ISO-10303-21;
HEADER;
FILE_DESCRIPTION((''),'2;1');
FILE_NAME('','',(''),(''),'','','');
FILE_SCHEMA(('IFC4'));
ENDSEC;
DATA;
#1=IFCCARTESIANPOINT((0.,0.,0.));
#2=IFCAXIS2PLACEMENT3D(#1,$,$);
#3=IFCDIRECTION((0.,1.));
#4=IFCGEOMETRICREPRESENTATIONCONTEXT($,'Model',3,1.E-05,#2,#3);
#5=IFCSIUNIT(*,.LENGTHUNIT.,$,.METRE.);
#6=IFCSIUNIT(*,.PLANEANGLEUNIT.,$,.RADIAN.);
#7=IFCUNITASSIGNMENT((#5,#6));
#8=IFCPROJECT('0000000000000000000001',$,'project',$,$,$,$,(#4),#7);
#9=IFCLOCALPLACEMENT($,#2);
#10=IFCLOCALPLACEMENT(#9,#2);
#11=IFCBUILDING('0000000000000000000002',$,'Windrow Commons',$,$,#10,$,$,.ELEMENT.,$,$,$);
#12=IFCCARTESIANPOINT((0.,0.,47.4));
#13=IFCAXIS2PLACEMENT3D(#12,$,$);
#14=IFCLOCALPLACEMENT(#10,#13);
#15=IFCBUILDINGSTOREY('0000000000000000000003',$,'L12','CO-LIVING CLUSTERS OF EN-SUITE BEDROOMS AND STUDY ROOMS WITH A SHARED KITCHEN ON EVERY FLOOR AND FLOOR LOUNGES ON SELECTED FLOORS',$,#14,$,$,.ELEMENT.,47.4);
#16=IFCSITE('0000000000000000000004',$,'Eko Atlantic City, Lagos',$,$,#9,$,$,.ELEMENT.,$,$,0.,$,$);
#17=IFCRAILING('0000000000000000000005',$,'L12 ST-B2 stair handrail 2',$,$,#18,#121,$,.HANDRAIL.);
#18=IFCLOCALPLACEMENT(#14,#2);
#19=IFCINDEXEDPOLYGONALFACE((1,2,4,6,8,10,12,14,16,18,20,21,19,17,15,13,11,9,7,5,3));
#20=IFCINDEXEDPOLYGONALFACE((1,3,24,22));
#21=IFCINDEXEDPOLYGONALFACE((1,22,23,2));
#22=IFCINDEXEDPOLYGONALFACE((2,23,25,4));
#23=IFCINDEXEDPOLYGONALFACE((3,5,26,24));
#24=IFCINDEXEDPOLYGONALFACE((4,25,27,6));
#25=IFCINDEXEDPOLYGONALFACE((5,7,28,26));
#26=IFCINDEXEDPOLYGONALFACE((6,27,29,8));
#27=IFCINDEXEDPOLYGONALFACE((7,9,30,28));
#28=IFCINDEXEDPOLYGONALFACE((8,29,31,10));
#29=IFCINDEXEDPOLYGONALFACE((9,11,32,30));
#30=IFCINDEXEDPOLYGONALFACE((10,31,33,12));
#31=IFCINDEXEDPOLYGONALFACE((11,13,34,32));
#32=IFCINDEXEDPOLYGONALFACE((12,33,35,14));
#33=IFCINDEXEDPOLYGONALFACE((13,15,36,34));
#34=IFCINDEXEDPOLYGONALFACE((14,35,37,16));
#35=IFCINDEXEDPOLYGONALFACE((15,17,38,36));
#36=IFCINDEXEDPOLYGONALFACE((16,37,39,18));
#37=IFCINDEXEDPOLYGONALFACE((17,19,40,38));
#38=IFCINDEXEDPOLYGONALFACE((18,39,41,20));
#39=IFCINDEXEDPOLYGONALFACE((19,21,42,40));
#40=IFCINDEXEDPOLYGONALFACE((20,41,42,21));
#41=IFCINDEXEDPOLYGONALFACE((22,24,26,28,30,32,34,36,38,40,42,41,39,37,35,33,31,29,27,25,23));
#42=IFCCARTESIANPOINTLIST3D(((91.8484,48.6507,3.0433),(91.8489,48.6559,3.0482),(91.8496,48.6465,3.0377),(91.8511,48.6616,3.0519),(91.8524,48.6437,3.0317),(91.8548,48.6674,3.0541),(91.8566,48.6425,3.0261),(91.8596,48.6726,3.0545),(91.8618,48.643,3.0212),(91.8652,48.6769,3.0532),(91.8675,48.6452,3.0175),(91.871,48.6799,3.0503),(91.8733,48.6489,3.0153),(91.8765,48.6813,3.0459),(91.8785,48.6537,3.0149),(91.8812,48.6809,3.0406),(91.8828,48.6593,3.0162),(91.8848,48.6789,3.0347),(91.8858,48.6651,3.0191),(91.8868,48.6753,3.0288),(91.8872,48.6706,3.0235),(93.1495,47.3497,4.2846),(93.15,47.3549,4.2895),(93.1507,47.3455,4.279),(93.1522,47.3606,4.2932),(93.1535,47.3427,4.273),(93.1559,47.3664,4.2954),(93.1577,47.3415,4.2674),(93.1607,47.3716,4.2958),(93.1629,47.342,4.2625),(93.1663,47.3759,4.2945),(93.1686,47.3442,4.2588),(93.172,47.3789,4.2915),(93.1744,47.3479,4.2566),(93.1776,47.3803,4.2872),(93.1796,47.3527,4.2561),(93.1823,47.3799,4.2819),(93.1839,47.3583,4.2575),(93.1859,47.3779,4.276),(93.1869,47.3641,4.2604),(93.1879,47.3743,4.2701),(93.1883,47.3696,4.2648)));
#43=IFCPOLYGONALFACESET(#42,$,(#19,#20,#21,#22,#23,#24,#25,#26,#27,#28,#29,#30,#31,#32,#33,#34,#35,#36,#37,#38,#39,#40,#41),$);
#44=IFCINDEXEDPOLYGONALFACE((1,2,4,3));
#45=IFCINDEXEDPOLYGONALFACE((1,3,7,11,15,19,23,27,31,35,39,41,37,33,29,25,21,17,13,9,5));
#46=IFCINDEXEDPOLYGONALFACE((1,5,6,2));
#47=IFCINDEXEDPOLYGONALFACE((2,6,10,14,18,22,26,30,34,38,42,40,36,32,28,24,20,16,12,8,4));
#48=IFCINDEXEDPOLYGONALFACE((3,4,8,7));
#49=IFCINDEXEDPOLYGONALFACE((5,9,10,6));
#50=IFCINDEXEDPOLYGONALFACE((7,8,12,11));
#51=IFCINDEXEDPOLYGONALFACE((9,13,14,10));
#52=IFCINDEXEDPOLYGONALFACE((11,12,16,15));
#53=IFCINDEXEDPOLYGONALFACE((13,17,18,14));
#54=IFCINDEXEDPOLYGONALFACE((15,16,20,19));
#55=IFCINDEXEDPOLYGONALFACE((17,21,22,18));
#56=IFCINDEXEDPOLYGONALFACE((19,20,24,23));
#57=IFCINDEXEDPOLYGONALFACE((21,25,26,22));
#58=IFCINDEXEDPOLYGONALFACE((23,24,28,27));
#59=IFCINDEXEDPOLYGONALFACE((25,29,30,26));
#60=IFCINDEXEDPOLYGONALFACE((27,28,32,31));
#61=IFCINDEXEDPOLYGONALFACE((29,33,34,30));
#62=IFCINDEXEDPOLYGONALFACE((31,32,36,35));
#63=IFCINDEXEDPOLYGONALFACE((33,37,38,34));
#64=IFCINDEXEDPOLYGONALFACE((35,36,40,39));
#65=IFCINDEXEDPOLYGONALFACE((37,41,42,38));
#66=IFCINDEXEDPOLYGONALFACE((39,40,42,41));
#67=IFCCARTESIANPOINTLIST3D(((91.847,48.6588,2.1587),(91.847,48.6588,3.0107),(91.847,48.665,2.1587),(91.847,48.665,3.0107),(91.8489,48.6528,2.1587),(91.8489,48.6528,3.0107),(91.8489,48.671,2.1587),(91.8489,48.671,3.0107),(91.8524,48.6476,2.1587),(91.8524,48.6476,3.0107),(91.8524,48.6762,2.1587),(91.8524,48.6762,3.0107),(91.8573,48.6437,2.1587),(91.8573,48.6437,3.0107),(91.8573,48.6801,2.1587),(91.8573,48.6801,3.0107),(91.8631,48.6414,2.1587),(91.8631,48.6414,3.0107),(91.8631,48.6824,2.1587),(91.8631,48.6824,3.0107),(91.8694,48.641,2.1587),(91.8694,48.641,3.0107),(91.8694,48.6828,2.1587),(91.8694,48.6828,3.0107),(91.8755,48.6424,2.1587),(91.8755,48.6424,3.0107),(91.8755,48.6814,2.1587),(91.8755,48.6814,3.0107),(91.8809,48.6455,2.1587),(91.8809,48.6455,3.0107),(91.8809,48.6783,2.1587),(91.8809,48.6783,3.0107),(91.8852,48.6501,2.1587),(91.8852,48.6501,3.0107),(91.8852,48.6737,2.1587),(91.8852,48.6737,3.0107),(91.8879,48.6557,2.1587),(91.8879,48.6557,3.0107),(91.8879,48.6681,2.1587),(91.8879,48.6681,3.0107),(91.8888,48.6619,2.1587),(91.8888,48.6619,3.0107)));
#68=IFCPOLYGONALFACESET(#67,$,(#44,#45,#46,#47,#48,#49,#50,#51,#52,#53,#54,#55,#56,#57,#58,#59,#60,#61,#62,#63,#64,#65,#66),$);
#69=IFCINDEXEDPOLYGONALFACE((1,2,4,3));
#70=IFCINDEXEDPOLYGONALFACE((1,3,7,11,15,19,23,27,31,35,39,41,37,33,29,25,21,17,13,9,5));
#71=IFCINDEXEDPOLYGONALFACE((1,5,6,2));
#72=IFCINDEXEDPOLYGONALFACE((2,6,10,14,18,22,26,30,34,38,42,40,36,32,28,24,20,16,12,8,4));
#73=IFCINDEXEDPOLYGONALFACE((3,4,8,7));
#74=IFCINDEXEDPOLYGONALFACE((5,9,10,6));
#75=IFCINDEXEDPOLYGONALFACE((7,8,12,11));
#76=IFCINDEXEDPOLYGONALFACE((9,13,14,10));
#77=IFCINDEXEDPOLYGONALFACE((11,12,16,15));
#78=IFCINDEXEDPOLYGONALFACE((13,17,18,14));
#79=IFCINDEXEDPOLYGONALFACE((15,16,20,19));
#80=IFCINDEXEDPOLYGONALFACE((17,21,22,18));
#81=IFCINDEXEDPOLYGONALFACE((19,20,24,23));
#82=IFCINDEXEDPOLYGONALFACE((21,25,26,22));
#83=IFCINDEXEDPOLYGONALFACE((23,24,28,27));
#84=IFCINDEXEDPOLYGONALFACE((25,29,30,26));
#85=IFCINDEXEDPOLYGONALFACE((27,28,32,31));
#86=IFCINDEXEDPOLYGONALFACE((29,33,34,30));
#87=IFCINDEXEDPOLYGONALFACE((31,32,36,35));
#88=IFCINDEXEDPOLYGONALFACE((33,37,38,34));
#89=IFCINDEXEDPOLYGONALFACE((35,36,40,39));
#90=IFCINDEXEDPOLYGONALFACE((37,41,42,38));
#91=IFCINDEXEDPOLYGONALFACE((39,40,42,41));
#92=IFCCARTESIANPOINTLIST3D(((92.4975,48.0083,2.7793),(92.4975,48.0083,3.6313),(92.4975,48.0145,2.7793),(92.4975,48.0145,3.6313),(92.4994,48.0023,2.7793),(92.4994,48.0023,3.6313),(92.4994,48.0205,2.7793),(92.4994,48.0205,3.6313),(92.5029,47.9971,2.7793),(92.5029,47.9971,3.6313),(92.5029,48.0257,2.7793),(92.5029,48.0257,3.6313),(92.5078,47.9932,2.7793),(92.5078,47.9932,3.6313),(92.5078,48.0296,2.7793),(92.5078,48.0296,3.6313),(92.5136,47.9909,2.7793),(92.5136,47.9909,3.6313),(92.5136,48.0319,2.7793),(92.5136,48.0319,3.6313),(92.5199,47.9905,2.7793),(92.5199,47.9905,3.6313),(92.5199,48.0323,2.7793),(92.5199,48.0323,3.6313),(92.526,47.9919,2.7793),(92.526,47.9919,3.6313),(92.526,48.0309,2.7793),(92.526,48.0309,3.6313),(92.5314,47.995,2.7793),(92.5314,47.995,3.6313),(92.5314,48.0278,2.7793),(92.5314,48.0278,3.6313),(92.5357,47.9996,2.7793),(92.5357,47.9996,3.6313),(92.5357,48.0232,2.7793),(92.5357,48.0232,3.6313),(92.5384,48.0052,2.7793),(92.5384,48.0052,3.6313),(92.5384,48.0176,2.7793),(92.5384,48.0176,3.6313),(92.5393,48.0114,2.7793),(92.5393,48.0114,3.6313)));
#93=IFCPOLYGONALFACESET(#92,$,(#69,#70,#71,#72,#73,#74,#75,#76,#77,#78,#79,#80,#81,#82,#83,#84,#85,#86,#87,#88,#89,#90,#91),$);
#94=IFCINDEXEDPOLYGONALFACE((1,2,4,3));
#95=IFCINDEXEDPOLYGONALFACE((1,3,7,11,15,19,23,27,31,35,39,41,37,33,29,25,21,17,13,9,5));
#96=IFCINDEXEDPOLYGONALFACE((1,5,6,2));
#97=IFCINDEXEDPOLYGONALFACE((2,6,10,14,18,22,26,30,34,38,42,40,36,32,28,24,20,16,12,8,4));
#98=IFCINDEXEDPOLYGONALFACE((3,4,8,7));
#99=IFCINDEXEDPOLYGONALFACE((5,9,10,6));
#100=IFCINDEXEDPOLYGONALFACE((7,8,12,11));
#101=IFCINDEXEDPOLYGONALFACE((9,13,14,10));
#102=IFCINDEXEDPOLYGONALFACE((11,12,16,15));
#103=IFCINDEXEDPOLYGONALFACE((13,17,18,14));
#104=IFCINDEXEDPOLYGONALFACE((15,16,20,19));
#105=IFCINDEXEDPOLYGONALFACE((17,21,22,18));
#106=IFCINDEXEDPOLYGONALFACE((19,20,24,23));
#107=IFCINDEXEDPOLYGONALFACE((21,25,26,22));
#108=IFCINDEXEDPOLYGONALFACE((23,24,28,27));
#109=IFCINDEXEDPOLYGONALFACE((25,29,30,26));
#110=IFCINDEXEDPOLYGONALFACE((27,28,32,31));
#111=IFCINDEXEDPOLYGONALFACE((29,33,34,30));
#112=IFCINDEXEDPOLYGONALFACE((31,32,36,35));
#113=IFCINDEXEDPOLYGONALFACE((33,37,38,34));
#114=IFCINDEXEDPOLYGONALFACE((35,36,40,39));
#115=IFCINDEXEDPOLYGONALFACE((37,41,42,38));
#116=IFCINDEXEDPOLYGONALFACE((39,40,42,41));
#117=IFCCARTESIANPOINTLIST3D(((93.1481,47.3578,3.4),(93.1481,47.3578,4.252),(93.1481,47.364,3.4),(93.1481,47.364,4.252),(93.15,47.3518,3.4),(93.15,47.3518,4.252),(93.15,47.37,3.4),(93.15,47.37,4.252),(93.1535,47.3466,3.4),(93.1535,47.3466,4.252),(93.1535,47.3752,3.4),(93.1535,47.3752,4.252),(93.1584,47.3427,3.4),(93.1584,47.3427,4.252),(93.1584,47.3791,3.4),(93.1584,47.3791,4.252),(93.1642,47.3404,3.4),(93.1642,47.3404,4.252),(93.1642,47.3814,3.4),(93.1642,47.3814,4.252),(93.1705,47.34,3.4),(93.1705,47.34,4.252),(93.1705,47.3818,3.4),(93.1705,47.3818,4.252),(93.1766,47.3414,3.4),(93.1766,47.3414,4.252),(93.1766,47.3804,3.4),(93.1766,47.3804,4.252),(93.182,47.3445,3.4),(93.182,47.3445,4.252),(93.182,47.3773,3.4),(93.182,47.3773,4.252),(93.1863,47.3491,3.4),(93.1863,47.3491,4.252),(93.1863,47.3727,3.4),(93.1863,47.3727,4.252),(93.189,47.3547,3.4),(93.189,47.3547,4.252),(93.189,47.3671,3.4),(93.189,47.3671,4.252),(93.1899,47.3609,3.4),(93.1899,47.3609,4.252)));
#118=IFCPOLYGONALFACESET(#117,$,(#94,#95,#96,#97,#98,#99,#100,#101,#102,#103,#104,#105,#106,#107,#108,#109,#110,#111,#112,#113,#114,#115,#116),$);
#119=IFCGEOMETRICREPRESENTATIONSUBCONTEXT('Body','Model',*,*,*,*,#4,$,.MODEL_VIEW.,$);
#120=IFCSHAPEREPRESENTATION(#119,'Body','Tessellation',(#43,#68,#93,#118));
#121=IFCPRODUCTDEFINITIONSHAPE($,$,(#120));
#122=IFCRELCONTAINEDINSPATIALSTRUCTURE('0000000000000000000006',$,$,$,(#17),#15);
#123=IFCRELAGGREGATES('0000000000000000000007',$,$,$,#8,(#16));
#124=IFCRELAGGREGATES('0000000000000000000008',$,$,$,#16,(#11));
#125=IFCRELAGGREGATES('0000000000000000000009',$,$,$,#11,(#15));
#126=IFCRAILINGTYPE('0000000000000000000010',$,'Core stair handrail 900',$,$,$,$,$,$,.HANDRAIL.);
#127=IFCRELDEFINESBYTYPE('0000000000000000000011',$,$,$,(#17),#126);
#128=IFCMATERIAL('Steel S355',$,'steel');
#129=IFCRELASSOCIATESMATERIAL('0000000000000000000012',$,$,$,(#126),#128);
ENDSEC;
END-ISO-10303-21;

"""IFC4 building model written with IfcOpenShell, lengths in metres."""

from ifc_helpers import new_model, si_unit, direction, frame, origin, origin_2d, place, context, subcontext, project, spatial, circle, extrude, material, type_object, element, save


model = new_model("IFC4")

# Units and contexts
model_context = context("Model", 3, precision=1e-05, world=origin(), true_north=direction((0.0, 1.0)))
body_context = subcontext(model_context, "Body", "Model", "MODEL_VIEW")
ifc_project = project(units=[si_unit("LENGTHUNIT", "METRE"), si_unit("PLANEANGLEUNIT", "RADIAN")], contexts=[model_context])

# Site, building, storey
site_placement = place(None, origin())
site = spatial("IfcSite", under=ifc_project, at=site_placement, Name="Eko Atlantic City, Lagos", CompositionType="ELEMENT", RefElevation=0.0)
building_placement = place(site_placement, origin())
building = spatial("IfcBuilding", under=site, at=building_placement, Name="Windrow Commons", CompositionType="ELEMENT")
storey_placement = place(building_placement, frame((0.0, 0.0, 47.4)))
storey = spatial("IfcBuildingStorey", under=building, at=storey_placement, Name="L12", Description="CO-LIVING CLUSTERS OF EN-SUITE BEDROOMS AND STUDY ROOMS WITH A SHARED KITCHEN ON EVERY FLOOR AND FLOOR LOUNGES ON SELECTED FLOORS", CompositionType="ELEMENT", Elevation=47.4)

# Railing
ifc_material_1 = material(Name="Steel S355", Category="steel")
railing_type_1 = type_object("IfcRailingType", Name="Core stair handrail 900", PredefinedType="HANDRAIL", material=ifc_material_1)
railing_1_placement = place(storey_placement, frame((91.8678, 48.6619, 2.1587)))
element("IfcRailing", 1, at=railing_1_placement, inside=storey, type_object=railing_type_1, Name="L12 ST-B2 stair handrail 2", PredefinedType="HANDRAIL", context=body_context, shape_type="SweptSolid", body=[
    extrude(circle(Radius=0.024, at=origin_2d()), frame((0.0, 0.0, 0.876), z_axis=(0.586207, -0.586162, 0.559264), x_axis=(0.70708, 0.707134, 0.0)), (0.0, 0.0, 1.0), 2.2195),
    extrude(circle(Radius=0.021, at=origin_2d()), origin(), (0.0, 0.0, 1.0), 0.852),
    extrude(circle(Radius=0.021, at=origin_2d()), frame((0.6505, -0.6505, 0.6206)), (0.0, 0.0, 1.0), 0.852),
    extrude(circle(Radius=0.021, at=origin_2d()), frame((1.3011, -1.301, 1.2413)), (0.0, 0.0, 1.0), 0.852),
])

save(model, "model.ifc")
